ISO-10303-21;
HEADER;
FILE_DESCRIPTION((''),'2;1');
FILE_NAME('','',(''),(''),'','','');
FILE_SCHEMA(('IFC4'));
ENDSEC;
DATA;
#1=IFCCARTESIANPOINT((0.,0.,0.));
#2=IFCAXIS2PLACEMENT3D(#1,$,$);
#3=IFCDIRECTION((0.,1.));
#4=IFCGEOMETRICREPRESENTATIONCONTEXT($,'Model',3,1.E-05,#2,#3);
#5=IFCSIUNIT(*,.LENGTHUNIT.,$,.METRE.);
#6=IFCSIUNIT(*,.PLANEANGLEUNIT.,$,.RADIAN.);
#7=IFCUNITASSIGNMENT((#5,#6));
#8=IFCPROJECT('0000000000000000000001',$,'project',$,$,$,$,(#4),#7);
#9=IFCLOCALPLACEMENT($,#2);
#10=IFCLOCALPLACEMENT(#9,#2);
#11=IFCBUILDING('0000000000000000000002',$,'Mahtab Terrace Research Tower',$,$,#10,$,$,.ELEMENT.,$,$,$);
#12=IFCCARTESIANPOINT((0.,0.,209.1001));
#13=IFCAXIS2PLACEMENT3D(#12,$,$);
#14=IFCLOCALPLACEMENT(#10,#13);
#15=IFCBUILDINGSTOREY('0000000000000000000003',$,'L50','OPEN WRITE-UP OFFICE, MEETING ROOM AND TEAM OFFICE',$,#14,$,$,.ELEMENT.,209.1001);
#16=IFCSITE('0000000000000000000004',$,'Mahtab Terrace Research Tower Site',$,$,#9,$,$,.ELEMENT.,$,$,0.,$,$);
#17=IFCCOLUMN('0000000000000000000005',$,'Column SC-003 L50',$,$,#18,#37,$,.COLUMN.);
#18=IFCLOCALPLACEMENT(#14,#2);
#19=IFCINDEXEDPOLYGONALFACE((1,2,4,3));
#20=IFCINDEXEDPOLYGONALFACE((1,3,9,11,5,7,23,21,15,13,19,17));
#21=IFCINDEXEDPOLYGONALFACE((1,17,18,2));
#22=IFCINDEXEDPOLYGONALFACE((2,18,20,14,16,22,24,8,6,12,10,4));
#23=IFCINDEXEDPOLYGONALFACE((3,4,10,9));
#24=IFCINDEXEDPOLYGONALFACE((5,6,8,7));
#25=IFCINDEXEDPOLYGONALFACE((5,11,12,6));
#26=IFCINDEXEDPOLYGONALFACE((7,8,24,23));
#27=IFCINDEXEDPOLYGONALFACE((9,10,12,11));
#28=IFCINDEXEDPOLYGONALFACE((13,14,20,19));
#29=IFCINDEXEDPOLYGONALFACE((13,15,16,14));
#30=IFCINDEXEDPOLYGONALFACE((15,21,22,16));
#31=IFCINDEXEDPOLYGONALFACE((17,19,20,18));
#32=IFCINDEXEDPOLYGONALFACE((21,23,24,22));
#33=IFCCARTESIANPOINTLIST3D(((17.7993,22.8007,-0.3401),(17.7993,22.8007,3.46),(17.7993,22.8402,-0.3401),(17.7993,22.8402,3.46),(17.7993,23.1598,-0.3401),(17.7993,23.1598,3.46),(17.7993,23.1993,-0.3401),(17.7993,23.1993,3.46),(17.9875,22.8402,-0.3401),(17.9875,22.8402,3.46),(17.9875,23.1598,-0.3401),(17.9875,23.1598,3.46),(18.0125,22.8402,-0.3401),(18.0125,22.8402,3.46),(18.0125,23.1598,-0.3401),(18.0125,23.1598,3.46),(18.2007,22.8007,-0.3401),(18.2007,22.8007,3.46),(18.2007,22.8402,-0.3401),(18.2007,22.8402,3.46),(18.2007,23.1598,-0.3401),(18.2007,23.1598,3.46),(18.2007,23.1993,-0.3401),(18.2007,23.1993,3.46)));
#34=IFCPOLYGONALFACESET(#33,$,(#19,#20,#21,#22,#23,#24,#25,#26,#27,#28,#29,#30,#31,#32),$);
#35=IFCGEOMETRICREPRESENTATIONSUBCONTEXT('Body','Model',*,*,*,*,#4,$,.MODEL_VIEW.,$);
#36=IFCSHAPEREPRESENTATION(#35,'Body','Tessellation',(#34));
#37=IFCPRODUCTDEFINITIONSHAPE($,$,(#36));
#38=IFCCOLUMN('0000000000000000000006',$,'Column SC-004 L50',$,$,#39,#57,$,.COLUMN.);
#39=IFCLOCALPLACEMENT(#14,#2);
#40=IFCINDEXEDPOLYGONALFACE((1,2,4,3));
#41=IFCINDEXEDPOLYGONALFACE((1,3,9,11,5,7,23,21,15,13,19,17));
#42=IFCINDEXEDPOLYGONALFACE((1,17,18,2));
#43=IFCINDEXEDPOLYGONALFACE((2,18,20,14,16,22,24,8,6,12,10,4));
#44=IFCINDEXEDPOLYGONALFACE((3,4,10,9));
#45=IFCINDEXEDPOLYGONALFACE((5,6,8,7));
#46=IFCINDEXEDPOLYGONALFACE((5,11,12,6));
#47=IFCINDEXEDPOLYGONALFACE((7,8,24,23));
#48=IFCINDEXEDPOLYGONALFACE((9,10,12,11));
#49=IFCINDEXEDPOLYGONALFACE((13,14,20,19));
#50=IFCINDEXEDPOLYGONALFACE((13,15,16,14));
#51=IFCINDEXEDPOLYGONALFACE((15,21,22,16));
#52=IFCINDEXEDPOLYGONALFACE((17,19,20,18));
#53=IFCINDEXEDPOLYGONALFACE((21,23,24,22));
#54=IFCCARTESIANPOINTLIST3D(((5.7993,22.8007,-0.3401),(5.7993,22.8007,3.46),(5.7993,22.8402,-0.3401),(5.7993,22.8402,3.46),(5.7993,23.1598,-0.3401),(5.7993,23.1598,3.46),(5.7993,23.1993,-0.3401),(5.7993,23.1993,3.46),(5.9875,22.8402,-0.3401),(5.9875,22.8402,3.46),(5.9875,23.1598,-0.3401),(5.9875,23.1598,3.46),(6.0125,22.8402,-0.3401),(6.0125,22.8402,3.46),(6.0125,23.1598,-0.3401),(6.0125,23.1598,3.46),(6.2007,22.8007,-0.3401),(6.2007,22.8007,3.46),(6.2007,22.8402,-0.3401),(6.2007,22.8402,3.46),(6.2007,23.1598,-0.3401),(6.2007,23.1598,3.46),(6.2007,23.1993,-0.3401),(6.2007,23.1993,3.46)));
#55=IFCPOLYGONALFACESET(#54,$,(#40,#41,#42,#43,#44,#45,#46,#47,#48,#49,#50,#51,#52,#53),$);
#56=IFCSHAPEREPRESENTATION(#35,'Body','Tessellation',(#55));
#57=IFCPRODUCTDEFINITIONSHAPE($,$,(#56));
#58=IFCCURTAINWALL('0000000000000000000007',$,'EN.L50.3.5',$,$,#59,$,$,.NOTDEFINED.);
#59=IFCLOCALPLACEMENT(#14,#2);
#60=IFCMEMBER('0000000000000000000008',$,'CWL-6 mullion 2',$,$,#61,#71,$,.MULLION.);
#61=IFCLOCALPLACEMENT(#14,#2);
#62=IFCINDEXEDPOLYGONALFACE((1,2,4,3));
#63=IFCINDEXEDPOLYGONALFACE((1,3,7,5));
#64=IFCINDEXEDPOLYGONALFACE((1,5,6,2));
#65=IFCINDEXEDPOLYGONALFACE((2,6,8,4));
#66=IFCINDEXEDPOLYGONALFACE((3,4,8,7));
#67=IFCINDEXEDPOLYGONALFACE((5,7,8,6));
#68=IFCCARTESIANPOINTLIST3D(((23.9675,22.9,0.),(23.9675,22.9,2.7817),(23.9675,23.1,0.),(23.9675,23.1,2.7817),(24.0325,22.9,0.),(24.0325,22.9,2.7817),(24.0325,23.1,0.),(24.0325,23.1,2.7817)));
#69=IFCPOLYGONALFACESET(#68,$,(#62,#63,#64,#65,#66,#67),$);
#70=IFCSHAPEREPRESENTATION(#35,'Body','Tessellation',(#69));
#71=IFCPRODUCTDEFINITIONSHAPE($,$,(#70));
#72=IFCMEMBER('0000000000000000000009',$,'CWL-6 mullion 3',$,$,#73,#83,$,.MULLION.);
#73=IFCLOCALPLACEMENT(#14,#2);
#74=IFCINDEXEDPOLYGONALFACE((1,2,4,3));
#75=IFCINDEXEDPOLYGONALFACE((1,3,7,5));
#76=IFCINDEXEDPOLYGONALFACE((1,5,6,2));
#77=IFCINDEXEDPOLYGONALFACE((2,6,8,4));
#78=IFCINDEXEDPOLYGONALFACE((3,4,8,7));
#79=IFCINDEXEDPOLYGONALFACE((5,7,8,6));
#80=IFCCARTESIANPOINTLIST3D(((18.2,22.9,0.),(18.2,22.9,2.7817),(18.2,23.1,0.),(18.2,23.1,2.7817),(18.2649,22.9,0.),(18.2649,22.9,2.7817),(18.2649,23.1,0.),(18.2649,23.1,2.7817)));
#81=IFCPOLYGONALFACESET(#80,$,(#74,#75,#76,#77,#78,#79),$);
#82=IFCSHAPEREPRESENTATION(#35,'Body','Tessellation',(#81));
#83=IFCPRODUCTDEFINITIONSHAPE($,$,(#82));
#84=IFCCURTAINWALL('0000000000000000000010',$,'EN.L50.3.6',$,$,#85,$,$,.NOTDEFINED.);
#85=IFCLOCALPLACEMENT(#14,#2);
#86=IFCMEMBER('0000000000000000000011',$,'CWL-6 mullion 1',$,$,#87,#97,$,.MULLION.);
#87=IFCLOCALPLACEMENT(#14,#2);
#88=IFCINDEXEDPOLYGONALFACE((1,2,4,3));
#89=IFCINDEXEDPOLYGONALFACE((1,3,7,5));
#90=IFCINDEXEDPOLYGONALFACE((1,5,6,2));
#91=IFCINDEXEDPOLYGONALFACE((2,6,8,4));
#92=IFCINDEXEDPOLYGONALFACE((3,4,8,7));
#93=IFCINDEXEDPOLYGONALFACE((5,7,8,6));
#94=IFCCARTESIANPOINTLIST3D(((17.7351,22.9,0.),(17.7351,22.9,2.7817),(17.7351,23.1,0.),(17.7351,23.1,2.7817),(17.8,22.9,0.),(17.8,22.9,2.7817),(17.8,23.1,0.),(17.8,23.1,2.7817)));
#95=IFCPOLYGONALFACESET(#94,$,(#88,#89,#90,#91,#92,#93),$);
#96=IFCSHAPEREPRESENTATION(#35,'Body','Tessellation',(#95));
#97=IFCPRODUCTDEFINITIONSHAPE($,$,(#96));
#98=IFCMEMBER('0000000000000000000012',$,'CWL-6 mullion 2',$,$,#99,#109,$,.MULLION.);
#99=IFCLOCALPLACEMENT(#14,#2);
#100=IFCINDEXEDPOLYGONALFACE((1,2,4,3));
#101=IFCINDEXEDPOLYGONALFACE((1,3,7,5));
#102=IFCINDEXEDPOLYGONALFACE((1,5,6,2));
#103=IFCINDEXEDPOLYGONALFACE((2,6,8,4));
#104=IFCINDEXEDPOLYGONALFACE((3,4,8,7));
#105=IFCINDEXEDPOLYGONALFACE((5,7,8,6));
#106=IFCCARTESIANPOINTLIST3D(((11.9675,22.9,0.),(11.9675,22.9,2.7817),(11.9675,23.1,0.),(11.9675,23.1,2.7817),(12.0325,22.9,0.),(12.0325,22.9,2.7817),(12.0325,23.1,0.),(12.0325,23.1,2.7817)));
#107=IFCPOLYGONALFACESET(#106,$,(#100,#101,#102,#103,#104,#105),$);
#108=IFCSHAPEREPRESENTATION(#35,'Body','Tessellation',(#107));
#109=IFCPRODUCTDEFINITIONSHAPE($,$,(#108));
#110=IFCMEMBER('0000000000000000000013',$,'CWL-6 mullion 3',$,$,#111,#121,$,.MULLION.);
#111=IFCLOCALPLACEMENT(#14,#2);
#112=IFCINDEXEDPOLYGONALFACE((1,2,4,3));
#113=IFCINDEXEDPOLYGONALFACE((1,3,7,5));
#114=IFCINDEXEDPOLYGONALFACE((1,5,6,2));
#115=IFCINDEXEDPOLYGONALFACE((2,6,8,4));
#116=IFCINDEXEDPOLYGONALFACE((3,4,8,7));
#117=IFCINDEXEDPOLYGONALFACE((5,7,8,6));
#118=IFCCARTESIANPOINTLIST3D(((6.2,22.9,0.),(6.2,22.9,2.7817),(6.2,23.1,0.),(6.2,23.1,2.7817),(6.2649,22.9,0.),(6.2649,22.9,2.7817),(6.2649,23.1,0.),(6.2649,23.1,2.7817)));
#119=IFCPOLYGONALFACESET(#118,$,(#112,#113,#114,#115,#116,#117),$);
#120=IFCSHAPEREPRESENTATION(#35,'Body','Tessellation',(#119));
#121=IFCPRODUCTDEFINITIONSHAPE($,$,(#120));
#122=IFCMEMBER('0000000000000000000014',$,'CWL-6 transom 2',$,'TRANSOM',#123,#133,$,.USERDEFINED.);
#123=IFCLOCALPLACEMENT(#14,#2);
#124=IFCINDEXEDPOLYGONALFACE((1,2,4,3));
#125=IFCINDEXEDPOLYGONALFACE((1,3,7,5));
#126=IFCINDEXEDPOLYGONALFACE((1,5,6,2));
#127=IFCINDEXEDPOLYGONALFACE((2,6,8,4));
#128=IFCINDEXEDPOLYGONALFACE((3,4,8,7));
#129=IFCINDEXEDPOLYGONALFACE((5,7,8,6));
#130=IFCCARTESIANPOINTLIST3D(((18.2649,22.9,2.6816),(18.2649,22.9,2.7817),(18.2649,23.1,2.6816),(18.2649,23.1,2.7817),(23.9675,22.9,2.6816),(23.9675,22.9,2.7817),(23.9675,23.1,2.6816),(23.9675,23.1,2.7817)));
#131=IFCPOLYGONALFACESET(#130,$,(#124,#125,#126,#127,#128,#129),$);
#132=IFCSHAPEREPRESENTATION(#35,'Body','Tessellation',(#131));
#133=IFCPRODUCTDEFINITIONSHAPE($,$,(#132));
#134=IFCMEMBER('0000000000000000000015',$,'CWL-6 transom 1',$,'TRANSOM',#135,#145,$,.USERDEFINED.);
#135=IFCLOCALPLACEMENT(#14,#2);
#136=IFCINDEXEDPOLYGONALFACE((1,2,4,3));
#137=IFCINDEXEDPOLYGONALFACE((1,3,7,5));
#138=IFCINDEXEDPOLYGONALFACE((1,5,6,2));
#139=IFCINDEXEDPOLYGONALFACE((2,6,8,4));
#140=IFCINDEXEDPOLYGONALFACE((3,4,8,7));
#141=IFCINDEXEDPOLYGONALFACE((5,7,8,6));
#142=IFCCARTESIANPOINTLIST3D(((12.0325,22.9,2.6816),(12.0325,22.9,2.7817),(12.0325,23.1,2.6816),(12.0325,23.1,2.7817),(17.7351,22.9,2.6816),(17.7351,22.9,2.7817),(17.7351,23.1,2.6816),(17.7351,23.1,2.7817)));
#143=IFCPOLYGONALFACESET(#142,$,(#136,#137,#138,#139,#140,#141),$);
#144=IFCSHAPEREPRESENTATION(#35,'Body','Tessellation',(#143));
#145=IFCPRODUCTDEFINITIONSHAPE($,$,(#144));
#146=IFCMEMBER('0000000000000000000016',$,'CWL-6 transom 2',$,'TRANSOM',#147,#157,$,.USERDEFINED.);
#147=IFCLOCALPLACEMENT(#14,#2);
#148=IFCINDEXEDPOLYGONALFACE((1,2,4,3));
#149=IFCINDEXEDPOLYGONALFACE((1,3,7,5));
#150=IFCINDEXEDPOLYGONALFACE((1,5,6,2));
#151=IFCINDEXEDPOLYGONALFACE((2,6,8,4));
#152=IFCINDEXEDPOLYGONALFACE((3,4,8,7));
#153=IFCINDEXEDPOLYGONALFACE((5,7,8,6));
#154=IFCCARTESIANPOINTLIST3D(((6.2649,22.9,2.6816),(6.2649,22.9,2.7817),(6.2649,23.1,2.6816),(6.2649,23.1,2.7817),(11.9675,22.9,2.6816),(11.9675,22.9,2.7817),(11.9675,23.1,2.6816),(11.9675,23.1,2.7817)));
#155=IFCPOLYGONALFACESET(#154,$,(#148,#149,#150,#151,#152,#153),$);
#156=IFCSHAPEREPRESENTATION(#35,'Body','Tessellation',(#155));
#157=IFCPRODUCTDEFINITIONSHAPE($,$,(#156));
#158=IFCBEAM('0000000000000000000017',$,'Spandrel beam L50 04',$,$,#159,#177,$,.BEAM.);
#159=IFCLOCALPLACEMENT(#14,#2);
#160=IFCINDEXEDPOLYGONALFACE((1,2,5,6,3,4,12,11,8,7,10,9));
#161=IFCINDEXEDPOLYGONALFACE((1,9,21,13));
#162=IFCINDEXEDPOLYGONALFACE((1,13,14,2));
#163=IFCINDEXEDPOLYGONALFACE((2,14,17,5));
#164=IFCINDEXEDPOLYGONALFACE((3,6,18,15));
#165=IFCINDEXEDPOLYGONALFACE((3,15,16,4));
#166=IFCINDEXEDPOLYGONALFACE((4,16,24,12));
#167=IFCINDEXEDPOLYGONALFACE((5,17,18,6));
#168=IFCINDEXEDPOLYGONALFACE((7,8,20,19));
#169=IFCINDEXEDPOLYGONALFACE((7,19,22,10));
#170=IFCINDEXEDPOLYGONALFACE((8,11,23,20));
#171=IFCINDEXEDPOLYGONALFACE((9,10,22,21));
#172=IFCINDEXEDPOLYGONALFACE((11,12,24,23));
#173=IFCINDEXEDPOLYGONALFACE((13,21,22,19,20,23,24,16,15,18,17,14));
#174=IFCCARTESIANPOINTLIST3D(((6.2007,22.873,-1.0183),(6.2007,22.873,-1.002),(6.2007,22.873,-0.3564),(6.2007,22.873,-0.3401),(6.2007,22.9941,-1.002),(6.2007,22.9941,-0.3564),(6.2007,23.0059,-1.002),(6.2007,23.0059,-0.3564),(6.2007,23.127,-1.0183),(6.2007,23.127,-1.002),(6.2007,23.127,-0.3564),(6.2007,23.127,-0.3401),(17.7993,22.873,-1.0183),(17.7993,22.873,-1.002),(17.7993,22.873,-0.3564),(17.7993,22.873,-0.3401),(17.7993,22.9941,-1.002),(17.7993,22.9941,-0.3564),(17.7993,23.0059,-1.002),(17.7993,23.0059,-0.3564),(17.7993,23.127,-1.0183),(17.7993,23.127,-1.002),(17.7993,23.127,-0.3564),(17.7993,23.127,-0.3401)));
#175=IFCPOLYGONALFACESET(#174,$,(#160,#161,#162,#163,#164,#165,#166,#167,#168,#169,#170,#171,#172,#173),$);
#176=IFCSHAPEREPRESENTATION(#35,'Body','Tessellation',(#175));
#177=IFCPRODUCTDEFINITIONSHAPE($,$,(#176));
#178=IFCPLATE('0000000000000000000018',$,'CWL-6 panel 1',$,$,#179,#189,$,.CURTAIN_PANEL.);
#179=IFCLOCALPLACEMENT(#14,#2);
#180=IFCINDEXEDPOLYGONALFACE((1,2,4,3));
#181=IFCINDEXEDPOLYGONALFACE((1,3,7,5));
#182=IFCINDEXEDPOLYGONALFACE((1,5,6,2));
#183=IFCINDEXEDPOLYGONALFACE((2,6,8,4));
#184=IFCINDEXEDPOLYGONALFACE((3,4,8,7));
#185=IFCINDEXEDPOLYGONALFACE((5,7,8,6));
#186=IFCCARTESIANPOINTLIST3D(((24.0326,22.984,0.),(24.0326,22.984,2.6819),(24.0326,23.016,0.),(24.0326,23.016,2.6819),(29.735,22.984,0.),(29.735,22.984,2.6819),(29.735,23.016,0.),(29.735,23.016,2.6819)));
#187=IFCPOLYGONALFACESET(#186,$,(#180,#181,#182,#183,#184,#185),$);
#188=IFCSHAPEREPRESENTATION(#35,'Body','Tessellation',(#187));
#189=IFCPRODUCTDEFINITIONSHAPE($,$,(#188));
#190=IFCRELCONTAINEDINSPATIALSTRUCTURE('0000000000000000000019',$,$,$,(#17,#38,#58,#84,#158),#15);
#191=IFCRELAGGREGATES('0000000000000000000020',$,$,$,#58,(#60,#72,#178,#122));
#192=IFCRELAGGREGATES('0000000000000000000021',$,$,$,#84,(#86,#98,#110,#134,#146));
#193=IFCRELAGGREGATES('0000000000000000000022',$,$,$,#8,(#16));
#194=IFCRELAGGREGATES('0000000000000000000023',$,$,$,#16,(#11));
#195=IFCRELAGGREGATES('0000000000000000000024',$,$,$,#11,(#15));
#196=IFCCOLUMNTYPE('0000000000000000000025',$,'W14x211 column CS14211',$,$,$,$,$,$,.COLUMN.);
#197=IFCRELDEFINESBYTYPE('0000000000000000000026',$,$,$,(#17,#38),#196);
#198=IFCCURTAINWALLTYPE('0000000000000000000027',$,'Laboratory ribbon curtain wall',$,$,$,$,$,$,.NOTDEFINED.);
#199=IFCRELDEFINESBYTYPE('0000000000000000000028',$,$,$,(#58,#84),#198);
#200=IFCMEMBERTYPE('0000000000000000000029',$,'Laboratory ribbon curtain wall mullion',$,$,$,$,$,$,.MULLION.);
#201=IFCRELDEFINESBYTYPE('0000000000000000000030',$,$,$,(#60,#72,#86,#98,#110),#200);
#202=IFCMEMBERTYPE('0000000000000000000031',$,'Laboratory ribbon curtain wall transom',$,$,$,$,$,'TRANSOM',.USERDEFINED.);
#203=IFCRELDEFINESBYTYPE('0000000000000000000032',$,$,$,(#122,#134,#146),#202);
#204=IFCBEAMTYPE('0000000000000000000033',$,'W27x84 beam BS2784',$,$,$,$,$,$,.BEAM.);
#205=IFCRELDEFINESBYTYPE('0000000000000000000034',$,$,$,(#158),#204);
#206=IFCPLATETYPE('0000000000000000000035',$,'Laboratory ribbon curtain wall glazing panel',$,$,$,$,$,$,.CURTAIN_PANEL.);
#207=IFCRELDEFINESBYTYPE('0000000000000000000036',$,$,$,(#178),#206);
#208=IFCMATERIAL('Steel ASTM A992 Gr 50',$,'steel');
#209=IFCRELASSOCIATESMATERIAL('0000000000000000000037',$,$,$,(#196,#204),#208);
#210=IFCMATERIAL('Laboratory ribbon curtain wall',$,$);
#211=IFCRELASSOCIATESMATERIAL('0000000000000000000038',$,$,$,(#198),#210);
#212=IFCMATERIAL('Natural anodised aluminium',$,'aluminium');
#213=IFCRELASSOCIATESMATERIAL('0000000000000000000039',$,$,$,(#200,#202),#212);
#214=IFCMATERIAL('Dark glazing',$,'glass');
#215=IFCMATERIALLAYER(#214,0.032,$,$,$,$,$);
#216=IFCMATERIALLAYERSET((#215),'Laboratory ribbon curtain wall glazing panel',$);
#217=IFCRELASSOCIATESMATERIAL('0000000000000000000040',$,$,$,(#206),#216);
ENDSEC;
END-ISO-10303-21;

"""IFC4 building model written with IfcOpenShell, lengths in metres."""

from ifc_helpers import new_model, si_unit, direction, frame, origin, origin_2d, place, context, subcontext, project, spatial, rectangle, i_section, extrude, material, layer, layer_set, material_profile, profile_set, type_object, element, aggregate, save


model = new_model("IFC4")

# Units and contexts
model_context = context("Model", 3, precision=1e-05, world=origin(), true_north=direction((0.0, 1.0)))
body_context = subcontext(model_context, "Body", "Model", "MODEL_VIEW")
ifc_project = project(units=[si_unit("LENGTHUNIT", "METRE"), si_unit("PLANEANGLEUNIT", "RADIAN")], contexts=[model_context])

# Site, building, storey
site_placement = place(None, origin())
site = spatial("IfcSite", under=ifc_project, at=site_placement, Name="Mahtab Terrace Research Tower Site", CompositionType="ELEMENT", RefElevation=0.0)
building_placement = place(site_placement, origin())
building = spatial("IfcBuilding", under=site, at=building_placement, Name="Mahtab Terrace Research Tower", CompositionType="ELEMENT")
storey_placement = place(building_placement, frame((0.0, 0.0, 209.1001)))
storey = spatial("IfcBuildingStorey", under=building, at=storey_placement, Name="L50", Description="OPEN WRITE-UP OFFICE, MEETING ROOM AND TEAM OFFICE", CompositionType="ELEMENT", Elevation=209.1001)

# Columns
ifc_material_1 = material(Name="Steel ASTM A992 Gr 50", Category="steel")
ifc_material_profile_1 = material_profile(ifc_material_1, i_section(OverallWidth=0.4014, OverallDepth=0.3987, WebThickness=0.0249, FlangeThickness=0.0396, at=origin_2d()), Name="W14X211")
ifc_profile_set_1 = profile_set([ifc_material_profile_1], Name="Steel ASTM A992 Gr 50")
column_type = type_object("IfcColumnType", Name="W14x211 column CS14211", PredefinedType="COLUMN", material=ifc_profile_set_1)
for number, where, z_axis, x_axis, name in (
    (1, (18.0, 23.0, -0.3401), (0.0, 0.0, 1.0), (1.0, 0.0, 0.0), "Column SC-003 L50"),
    (2, (6.0, 23.0, -0.3401), (0.0, 0.0, 1.0), (1.0, 0.0, 0.0), "Column SC-004 L50"),
):
    element("IfcColumn", number, at=place(storey_placement, frame(where, z_axis=z_axis, x_axis=x_axis)), inside=storey, type_object=column_type, Name=name, PredefinedType="COLUMN", context=body_context, shape_type="SweptSolid", body=[
        extrude(i_section(OverallWidth=0.4014, OverallDepth=0.3987, WebThickness=0.0249, FlangeThickness=0.0396, at=origin_2d()), origin(), (0.0, 0.0, 1.0), 3.8),
    ])

# Curtain walls, members
ifc_material_2 = material(Name="Laboratory ribbon curtain wall")
curtain_wall_type = type_object("IfcCurtainWallType", Name="Laboratory ribbon curtain wall", PredefinedType="NOTDEFINED", material=ifc_material_2)
curtain_wall_1_placement = place(storey_placement, origin())
curtain_wall_1 = element("IfcCurtainWall", 3, at=curtain_wall_1_placement, inside=storey, type_object=curtain_wall_type, Name="EN.L50.3.5", PredefinedType="NOTDEFINED")
ifc_material_3 = material(Name="Natural anodised aluminium", Category="aluminium")
ifc_material_profile_2 = material_profile(ifc_material_3, rectangle(XDim=0.2, YDim=0.0649, at=origin_2d()), Name="MULLION 65x200")
ifc_profile_set_2 = profile_set([ifc_material_profile_2], Name="Natural anodised aluminium")
member_type_1 = type_object("IfcMemberType", Name="Laboratory ribbon curtain wall mullion", PredefinedType="MULLION", material=ifc_profile_set_2)
member_1_placement = place(storey_placement, frame((24.0, 23.0, 0.0), z_axis=(0.0, 0.0, 1.0), x_axis=(0.0, -1.0, 0.0)))
member_1 = element("IfcMember", 4, at=member_1_placement, type_object=member_type_1, Name="CWL-6 mullion 2", PredefinedType="MULLION", context=body_context, shape_type="SweptSolid", body=[
    extrude(rectangle(XDim=0.2, YDim=0.0649, at=origin_2d()), origin(), (0.0, 0.0, 1.0), 2.7817),
])
member_2_placement = place(storey_placement, frame((18.2324, 23.0, 0.0), z_axis=(0.0, 0.0, 1.0), x_axis=(0.0, -1.0, 0.0)))
member_2 = element("IfcMember", 5, at=member_2_placement, type_object=member_type_1, Name="CWL-6 mullion 3", PredefinedType="MULLION", context=body_context, shape_type="SweptSolid", body=[
    extrude(rectangle(XDim=0.2, YDim=0.0649, at=origin_2d()), origin(), (0.0, 0.0, 1.0), 2.7817),
])
curtain_wall_2_placement = place(storey_placement, origin())
curtain_wall_2 = element("IfcCurtainWall", 6, at=curtain_wall_2_placement, inside=storey, type_object=curtain_wall_type, Name="EN.L50.3.6", PredefinedType="NOTDEFINED")
member_3_placement = place(storey_placement, frame((17.7676, 23.0, 0.0), z_axis=(0.0, 0.0, 1.0), x_axis=(0.0, -1.0, 0.0)))
member_3 = element("IfcMember", 7, at=member_3_placement, type_object=member_type_1, Name="CWL-6 mullion 1", PredefinedType="MULLION", context=body_context, shape_type="SweptSolid", body=[
    extrude(rectangle(XDim=0.2, YDim=0.0649, at=origin_2d()), origin(), (0.0, 0.0, 1.0), 2.7817),
])
member_4_placement = place(storey_placement, frame((12.0, 23.0, 0.0), z_axis=(0.0, 0.0, 1.0), x_axis=(0.0, -1.0, 0.0)))
member_4 = element("IfcMember", 8, at=member_4_placement, type_object=member_type_1, Name="CWL-6 mullion 2", PredefinedType="MULLION", context=body_context, shape_type="SweptSolid", body=[
    extrude(rectangle(XDim=0.2, YDim=0.0649, at=origin_2d()), origin(), (0.0, 0.0, 1.0), 2.7817),
])
member_5_placement = place(storey_placement, frame((6.2324, 23.0, 0.0), z_axis=(0.0, 0.0, 1.0), x_axis=(0.0, -1.0, 0.0)))
member_5 = element("IfcMember", 9, at=member_5_placement, type_object=member_type_1, Name="CWL-6 mullion 3", PredefinedType="MULLION", context=body_context, shape_type="SweptSolid", body=[
    extrude(rectangle(XDim=0.2, YDim=0.0649, at=origin_2d()), origin(), (0.0, 0.0, 1.0), 2.7817),
])

# Members
ifc_material_profile_3 = material_profile(ifc_material_3, rectangle(XDim=0.2, YDim=0.1001, at=origin_2d()), Name="TRANSOM 100x200")
ifc_profile_set_3 = profile_set([ifc_material_profile_3], Name="Natural anodised aluminium")
member_type_2 = type_object("IfcMemberType", Name="Laboratory ribbon curtain wall transom", ElementType="TRANSOM", PredefinedType="USERDEFINED", material=ifc_profile_set_3)
member_6_placement = place(storey_placement, frame((23.9675, 23.0, 2.7317), z_axis=(-1.0, 0.0, 0.0), x_axis=(0.0, -1.0, 0.0)))
member_6 = element("IfcMember", 10, at=member_6_placement, type_object=member_type_2, Name="CWL-6 transom 2", ObjectType="TRANSOM", PredefinedType="USERDEFINED", context=body_context, shape_type="SweptSolid", body=[
    extrude(rectangle(XDim=0.2, YDim=0.1001, at=origin_2d()), origin(), (0.0, 0.0, 1.0), 5.7026),
])
member_7_placement = place(storey_placement, frame((17.7351, 23.0, 2.7317), z_axis=(-1.0, 0.0, 0.0), x_axis=(0.0, -1.0, 0.0)))
member_7 = element("IfcMember", 11, at=member_7_placement, type_object=member_type_2, Name="CWL-6 transom 1", ObjectType="TRANSOM", PredefinedType="USERDEFINED", context=body_context, shape_type="SweptSolid", body=[
    extrude(rectangle(XDim=0.2, YDim=0.1001, at=origin_2d()), origin(), (0.0, 0.0, 1.0), 5.7026),
])
member_8_placement = place(storey_placement, frame((11.9675, 23.0, 2.7317), z_axis=(-1.0, 0.0, 0.0), x_axis=(0.0, -1.0, 0.0)))
member_8 = element("IfcMember", 12, at=member_8_placement, type_object=member_type_2, Name="CWL-6 transom 2", ObjectType="TRANSOM", PredefinedType="USERDEFINED", context=body_context, shape_type="SweptSolid", body=[
    extrude(rectangle(XDim=0.2, YDim=0.1001, at=origin_2d()), origin(), (0.0, 0.0, 1.0), 5.7026),
])

# Beam
ifc_material_profile_4 = material_profile(ifc_material_1, i_section(OverallWidth=0.2539, OverallDepth=0.6782, WebThickness=0.0117, FlangeThickness=0.0164, at=origin_2d()), Name="W27X84")
ifc_profile_set_4 = profile_set([ifc_material_profile_4], Name="Steel ASTM A992 Gr 50")
beam_type = type_object("IfcBeamType", Name="W27x84 beam BS2784", PredefinedType="BEAM", material=ifc_profile_set_4)
beam_placement = place(storey_placement, frame((17.7993, 23.0, -0.6792), z_axis=(-1.0, 0.0, 0.0), x_axis=(0.0, -1.0, 0.0)))
element("IfcBeam", 13, at=beam_placement, inside=storey, type_object=beam_type, Name="Spandrel beam L50 04", PredefinedType="BEAM", context=body_context, shape_type="SweptSolid", body=[
    extrude(i_section(OverallWidth=0.2539, OverallDepth=0.6782, WebThickness=0.0117, FlangeThickness=0.0164, at=origin_2d()), origin(), (0.0, 0.0, 1.0), 11.5986),
])

# Plate
ifc_material_4 = material(Name="Dark glazing", Category="glass")
ifc_layer_1 = layer(ifc_material_4, 0.032)
ifc_layer_set_1 = layer_set([ifc_layer_1], Name="Laboratory ribbon curtain wall glazing panel")
plate_type = type_object("IfcPlateType", Name="Laboratory ribbon curtain wall glazing panel", PredefinedType="CURTAIN_PANEL", material=ifc_layer_set_1)
plate_1_placement = place(storey_placement, frame((26.8838, 23.0, 0.0), z_axis=(0.0, 0.0, 1.0), x_axis=(-1.0, 0.0, 0.0)))
plate_1 = element("IfcPlate", 14, at=plate_1_placement, type_object=plate_type, Name="CWL-6 panel 1", PredefinedType="CURTAIN_PANEL", context=body_context, shape_type="SweptSolid", body=[
    extrude(rectangle(XDim=5.7024, YDim=0.032, at=origin_2d()), origin(), (0.0, 0.0, 1.0), 2.6819),
])
aggregate(curtain_wall_1, [member_1, member_2, plate_1, member_6])
aggregate(curtain_wall_2, [member_3, member_4, member_5, member_7, member_8])

save(model, "model.ifc")
